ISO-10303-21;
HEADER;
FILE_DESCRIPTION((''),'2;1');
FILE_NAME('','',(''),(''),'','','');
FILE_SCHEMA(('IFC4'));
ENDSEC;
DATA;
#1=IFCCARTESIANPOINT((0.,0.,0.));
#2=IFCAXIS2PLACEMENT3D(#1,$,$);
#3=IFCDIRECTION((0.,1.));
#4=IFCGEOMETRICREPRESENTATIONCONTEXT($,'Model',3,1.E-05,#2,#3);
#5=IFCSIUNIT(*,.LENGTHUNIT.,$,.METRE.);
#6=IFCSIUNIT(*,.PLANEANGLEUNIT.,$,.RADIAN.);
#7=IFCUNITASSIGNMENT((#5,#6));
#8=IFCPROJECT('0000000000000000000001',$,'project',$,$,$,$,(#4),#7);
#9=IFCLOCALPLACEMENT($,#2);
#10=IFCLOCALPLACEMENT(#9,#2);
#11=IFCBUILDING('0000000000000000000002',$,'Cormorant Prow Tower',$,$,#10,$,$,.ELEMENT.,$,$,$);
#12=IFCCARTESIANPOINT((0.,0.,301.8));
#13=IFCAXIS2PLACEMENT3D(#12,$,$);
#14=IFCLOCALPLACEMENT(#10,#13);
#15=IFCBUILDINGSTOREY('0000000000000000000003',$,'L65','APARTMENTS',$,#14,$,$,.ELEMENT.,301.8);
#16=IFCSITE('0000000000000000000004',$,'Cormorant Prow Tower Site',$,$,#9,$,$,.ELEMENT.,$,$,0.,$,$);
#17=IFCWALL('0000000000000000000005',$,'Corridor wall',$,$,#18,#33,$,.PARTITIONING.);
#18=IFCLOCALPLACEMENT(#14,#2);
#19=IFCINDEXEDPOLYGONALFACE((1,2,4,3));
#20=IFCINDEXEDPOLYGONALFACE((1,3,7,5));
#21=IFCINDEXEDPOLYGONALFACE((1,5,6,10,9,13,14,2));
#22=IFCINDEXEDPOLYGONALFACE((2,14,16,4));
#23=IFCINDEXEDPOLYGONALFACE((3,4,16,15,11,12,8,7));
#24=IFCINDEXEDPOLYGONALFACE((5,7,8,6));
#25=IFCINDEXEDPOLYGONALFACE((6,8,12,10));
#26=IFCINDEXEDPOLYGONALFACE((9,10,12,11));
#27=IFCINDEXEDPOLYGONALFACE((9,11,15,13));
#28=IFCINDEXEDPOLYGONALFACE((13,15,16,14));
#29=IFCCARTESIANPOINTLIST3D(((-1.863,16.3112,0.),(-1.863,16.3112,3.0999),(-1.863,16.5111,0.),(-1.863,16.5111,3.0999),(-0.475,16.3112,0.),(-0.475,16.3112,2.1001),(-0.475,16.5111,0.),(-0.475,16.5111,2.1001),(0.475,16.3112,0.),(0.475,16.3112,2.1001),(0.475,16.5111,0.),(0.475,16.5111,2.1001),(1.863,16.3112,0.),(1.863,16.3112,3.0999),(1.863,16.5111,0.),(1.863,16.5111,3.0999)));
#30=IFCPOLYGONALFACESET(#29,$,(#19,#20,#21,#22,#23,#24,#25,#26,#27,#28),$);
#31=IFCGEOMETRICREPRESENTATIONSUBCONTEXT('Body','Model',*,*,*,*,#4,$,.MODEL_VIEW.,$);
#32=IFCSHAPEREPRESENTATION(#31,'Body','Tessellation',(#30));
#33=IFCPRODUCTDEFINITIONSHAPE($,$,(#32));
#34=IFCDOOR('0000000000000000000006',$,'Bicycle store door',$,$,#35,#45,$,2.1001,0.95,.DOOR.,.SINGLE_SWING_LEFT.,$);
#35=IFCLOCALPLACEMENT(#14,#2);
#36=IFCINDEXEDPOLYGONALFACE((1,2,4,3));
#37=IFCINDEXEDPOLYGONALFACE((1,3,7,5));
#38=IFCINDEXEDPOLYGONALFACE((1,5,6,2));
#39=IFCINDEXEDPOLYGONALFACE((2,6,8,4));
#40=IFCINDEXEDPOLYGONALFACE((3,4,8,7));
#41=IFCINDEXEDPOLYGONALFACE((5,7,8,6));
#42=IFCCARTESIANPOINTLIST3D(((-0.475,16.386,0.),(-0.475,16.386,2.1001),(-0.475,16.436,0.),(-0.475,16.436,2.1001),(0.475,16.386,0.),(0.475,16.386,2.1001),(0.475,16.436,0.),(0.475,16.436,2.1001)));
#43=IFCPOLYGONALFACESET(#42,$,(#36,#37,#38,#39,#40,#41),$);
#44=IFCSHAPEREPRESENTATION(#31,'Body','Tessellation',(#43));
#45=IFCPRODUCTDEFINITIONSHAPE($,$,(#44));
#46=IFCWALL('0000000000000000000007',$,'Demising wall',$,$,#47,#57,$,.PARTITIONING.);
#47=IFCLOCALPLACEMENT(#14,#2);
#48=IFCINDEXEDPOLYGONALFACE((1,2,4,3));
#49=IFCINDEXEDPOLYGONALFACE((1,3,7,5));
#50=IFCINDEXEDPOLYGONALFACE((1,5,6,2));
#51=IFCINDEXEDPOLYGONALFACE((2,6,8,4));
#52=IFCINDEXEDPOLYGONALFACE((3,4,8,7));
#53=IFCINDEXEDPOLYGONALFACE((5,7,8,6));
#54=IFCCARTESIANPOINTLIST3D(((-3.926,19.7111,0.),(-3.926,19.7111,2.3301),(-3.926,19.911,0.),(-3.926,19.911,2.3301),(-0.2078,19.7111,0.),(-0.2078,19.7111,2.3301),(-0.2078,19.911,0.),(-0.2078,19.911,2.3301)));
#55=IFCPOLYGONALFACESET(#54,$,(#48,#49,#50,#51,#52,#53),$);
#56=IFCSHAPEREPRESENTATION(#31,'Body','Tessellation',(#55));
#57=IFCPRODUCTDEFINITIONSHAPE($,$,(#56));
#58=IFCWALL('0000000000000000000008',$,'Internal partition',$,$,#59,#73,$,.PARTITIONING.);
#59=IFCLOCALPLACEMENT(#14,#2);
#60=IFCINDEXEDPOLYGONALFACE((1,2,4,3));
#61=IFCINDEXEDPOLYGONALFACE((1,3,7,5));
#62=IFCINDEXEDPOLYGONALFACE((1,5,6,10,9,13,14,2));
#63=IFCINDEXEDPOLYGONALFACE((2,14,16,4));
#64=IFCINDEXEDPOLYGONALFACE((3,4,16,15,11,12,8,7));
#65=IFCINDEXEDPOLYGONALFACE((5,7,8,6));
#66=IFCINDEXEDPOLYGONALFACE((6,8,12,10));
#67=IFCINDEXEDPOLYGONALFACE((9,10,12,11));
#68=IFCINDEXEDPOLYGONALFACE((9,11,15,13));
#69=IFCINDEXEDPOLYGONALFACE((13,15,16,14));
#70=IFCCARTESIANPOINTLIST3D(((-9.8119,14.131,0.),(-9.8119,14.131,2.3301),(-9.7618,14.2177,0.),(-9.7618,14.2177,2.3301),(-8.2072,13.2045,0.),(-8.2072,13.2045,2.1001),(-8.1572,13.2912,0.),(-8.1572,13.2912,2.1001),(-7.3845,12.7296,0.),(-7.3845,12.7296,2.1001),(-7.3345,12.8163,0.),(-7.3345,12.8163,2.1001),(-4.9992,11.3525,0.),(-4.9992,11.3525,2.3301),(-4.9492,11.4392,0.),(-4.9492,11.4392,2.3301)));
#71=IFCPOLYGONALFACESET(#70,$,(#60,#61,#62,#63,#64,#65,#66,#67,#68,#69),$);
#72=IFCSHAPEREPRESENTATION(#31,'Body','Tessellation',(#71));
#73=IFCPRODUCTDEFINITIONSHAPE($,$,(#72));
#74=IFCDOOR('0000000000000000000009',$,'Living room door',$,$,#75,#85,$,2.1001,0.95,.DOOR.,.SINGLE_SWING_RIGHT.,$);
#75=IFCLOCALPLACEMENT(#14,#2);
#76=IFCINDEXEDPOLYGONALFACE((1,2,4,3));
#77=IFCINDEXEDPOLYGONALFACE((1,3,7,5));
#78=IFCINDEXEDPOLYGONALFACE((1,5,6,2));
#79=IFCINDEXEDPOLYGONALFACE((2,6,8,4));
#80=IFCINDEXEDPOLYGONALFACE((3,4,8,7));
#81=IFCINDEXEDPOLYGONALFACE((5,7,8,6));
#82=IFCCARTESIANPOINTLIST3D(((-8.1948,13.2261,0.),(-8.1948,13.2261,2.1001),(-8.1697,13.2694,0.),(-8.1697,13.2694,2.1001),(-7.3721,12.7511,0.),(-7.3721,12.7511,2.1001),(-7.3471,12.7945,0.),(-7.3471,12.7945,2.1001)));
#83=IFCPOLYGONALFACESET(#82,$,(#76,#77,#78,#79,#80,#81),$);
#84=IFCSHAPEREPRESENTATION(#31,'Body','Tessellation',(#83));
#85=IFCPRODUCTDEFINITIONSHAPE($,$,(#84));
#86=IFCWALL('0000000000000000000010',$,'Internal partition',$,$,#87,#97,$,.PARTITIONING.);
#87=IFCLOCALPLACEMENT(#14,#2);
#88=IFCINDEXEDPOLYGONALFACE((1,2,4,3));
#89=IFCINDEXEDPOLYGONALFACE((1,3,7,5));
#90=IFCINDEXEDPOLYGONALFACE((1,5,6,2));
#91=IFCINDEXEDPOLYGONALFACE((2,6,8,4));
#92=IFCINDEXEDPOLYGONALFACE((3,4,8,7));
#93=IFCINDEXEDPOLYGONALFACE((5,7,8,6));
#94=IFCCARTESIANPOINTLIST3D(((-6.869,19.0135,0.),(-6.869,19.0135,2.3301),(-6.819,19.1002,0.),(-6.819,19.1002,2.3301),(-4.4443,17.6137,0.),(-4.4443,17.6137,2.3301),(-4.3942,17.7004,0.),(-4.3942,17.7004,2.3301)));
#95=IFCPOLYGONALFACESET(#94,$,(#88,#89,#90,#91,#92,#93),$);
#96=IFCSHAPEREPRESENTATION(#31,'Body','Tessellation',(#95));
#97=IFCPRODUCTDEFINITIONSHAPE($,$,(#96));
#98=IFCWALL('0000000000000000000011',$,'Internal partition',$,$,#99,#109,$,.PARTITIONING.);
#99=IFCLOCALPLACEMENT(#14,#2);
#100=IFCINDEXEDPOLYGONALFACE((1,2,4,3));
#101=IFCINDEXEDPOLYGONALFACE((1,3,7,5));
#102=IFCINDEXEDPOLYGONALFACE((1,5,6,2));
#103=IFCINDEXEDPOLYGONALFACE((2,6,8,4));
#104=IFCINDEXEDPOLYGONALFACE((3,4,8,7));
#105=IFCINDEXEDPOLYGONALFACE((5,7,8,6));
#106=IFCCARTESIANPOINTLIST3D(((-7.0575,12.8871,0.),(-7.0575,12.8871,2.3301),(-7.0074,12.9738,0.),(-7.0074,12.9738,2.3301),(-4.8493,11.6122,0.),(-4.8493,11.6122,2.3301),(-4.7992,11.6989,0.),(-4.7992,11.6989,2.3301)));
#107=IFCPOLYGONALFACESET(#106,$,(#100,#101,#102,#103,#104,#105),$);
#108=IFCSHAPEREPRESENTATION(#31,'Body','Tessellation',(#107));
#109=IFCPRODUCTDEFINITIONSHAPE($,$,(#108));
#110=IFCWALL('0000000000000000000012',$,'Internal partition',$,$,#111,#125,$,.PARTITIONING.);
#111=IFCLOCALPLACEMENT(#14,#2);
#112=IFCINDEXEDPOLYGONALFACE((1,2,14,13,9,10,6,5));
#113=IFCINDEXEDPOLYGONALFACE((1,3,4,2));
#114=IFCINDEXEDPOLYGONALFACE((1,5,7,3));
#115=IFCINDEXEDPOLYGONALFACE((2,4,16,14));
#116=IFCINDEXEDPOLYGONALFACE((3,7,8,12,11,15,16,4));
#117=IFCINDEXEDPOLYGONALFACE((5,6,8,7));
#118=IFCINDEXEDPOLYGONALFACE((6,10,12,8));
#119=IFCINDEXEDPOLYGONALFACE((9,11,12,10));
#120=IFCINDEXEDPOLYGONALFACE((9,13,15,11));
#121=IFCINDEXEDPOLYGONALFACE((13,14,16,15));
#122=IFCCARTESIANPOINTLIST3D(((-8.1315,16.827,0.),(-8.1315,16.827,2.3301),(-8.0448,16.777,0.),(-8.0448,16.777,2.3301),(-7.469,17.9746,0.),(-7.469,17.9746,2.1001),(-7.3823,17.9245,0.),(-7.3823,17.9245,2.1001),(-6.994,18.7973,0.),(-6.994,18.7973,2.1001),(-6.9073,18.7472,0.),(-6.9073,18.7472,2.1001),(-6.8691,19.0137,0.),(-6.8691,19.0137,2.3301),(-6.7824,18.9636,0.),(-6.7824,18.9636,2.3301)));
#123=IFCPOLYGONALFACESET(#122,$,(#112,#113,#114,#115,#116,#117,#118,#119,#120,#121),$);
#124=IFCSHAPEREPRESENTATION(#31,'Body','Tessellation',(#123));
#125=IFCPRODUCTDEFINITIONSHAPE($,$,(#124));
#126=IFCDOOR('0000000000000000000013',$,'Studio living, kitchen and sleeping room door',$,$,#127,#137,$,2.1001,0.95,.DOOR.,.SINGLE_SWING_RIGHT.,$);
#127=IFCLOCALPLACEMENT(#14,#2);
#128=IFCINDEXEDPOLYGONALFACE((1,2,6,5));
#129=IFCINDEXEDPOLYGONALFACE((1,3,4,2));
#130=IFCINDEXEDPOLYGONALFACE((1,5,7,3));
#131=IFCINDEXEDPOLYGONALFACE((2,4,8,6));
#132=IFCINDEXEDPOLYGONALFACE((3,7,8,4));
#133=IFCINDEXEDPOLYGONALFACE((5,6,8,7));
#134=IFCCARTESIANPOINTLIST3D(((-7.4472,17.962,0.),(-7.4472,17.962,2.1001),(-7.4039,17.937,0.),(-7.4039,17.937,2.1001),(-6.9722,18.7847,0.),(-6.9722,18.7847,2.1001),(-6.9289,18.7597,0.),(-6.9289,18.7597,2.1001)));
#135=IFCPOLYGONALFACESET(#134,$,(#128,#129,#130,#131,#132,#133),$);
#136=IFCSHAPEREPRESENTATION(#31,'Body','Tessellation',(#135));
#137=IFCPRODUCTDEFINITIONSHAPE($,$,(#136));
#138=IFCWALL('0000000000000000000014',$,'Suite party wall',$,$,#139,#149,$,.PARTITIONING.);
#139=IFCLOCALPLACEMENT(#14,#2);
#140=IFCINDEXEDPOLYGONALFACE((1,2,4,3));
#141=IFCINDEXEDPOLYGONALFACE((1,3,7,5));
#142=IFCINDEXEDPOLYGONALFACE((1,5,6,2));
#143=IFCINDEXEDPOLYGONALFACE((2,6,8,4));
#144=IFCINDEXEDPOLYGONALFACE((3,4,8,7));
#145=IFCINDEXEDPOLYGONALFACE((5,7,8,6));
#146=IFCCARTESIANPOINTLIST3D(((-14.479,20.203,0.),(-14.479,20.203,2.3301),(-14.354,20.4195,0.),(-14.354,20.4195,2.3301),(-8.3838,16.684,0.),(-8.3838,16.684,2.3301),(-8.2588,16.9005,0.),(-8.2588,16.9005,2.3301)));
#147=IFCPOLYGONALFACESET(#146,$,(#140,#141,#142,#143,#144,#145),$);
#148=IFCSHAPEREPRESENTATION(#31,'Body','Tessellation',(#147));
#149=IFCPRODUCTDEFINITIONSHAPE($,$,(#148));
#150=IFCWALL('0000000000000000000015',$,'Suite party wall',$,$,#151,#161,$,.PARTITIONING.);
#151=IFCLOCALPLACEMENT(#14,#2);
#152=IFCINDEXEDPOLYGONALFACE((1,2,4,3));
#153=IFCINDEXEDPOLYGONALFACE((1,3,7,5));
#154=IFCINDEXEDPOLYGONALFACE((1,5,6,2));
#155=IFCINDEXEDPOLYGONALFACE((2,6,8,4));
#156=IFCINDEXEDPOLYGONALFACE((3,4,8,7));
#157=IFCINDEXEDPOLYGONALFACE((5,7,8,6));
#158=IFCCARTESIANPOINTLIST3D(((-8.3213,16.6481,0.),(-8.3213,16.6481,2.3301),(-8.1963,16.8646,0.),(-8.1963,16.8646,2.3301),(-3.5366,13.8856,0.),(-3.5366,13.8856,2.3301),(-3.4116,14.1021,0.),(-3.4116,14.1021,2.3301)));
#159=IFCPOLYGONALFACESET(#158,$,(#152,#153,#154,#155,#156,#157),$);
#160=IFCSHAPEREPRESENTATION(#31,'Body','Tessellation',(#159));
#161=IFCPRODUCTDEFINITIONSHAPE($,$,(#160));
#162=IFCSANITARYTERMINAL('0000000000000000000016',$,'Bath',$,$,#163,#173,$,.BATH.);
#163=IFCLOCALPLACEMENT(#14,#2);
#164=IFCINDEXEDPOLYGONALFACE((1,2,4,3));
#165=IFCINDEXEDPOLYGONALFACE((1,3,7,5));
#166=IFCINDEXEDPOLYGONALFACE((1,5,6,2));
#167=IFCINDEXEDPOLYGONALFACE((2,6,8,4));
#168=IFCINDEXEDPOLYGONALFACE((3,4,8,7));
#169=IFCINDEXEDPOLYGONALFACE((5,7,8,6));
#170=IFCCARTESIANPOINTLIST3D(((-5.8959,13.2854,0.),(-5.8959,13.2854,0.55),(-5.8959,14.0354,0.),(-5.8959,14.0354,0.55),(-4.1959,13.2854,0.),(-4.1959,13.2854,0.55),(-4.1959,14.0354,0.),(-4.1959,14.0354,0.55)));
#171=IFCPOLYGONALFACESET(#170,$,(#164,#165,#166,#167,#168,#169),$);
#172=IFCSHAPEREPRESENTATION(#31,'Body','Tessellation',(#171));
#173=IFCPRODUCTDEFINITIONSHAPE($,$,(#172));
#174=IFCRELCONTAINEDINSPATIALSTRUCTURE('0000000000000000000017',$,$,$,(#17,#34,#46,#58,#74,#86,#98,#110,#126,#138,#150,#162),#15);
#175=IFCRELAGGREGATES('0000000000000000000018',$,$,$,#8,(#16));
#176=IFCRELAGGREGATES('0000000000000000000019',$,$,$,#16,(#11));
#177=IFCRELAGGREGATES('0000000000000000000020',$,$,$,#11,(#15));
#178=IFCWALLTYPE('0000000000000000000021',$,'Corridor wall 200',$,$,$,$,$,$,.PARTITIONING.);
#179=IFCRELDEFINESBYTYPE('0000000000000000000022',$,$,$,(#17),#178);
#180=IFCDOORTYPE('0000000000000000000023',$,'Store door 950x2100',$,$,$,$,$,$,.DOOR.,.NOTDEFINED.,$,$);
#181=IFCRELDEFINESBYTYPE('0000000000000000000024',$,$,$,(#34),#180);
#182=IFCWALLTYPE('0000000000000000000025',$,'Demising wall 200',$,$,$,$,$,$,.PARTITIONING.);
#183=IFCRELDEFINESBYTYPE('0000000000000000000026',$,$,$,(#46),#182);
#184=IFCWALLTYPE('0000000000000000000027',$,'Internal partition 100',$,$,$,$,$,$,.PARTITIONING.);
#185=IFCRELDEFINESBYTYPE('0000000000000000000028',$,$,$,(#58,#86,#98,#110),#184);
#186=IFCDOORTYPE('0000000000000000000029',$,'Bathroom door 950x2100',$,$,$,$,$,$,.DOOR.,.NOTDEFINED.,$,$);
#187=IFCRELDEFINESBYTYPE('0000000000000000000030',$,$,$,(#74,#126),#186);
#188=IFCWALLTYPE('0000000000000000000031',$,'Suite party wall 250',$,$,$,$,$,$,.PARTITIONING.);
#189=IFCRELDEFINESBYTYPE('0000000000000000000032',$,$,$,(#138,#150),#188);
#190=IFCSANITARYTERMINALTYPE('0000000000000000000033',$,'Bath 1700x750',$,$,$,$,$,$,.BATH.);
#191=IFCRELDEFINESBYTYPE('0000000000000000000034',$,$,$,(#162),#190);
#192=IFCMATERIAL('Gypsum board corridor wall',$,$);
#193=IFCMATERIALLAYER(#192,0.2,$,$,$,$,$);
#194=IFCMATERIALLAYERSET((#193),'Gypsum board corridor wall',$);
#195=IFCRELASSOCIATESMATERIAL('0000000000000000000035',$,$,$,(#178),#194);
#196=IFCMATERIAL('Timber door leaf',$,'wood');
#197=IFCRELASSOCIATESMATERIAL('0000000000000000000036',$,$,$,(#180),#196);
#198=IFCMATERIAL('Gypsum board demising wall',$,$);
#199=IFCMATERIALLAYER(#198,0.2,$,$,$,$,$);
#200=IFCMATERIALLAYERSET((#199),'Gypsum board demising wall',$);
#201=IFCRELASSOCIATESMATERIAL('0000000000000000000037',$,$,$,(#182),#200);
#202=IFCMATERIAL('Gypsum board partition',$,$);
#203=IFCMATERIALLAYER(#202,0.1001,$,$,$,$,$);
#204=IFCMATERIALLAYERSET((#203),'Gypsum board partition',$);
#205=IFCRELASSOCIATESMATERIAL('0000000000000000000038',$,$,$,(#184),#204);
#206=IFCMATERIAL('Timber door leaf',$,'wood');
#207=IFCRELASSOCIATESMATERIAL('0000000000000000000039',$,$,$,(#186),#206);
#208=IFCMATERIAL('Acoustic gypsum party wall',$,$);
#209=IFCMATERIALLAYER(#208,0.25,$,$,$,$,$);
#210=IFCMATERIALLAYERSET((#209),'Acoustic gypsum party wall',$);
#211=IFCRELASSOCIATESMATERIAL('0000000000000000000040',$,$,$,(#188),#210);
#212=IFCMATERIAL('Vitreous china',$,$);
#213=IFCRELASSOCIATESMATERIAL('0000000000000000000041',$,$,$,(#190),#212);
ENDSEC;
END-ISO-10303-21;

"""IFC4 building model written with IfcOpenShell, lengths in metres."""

from ifc_helpers import new_model, si_unit, direction, frame, frame_2d, origin, origin_2d, place, context, subcontext, project, spatial, rectangle, extrude, material, layer, layer_set, type_object, element, fill, save


model = new_model("IFC4")

# Units and contexts
model_context = context("Model", 3, precision=1e-05, world=origin(), true_north=direction((0.0, 1.0)))
body_context = subcontext(model_context, "Body", "Model", "MODEL_VIEW")
ifc_project = project(units=[si_unit("LENGTHUNIT", "METRE"), si_unit("PLANEANGLEUNIT", "RADIAN")], contexts=[model_context])

# Site, building, storey
site_placement = place(None, origin())
site = spatial("IfcSite", under=ifc_project, at=site_placement, Name="Cormorant Prow Tower Site", CompositionType="ELEMENT", RefElevation=0.0)
building_placement = place(site_placement, origin())
building = spatial("IfcBuilding", under=site, at=building_placement, Name="Cormorant Prow Tower", CompositionType="ELEMENT")
storey_placement = place(building_placement, frame((0.0, 0.0, 301.8)))
storey = spatial("IfcBuildingStorey", under=building, at=storey_placement, Name="L65", Description="APARTMENTS", CompositionType="ELEMENT", Elevation=301.8)

# Wall, opening, door
ifc_material_1 = material(Name="Gypsum board corridor wall")
ifc_layer_1 = layer(ifc_material_1, 0.2)
ifc_layer_set_1 = layer_set([ifc_layer_1], Name="Gypsum board corridor wall")
wall_type_1 = type_object("IfcWallType", Name="Corridor wall 200", PredefinedType="PARTITIONING", material=ifc_layer_set_1)
wall_1_placement = place(storey_placement, frame((-1.863, 16.4111, 0.0), z_axis=(0.0, 0.0, 1.0), x_axis=(1.0, 0.0, 0.0)))
wall_1 = element("IfcWall", 1, at=wall_1_placement, inside=storey, type_object=wall_type_1, Name="Corridor wall", PredefinedType="PARTITIONING", context=body_context, shape_type="SweptSolid", body=[
    extrude(rectangle(XDim=3.7261, YDim=0.2, at=frame_2d((1.863, 0.0))), origin(), (0.0, 0.0, 1.0), 3.0999),
])
opening_1_placement = place(wall_1_placement, frame((1.3879, 0.0, 0.0)))
opening_1 = element("IfcOpeningElement", 2, at=opening_1_placement, cuts=wall_1, PredefinedType="OPENING", context=body_context, shape_type="SweptSolid", body=[
    extrude(rectangle(XDim=0.95, YDim=2.1001, at=frame_2d((0.4751, 1.05))), frame((0.0, 0.1099, 0.0), z_axis=(0.0, -1.0, 0.0), x_axis=(1.0, 0.0, 0.0)), (0.0, 0.0, 1.0), 0.22),
])
ifc_material_2 = material(Name="Timber door leaf", Category="wood")
door_type_1 = type_object("IfcDoorType", Name="Store door 950x2100", OperationType="NOTDEFINED", PredefinedType="DOOR", material=ifc_material_2)
door_1_placement = place(opening_1_placement, origin())
door_1 = element("IfcDoor", 3, at=door_1_placement, inside=storey, type_object=door_type_1, Name="Bicycle store door", OperationType="SINGLE_SWING_LEFT", OverallHeight=2.1001, OverallWidth=0.95, PredefinedType="DOOR", context=body_context, shape_type="SweptSolid", body=[
    extrude(rectangle(XDim=0.95, YDim=2.1001, at=frame_2d((0.4751, 1.05))), frame((0.0, 0.0249, 0.0), z_axis=(0.0, -1.0, 0.0), x_axis=(1.0, 0.0, 0.0)), (0.0, 0.0, 1.0), 0.05),
])
fill(opening_1, door_1)

# Wall
ifc_material_3 = material(Name="Gypsum board demising wall")
ifc_layer_2 = layer(ifc_material_3, 0.2)
ifc_layer_set_2 = layer_set([ifc_layer_2], Name="Gypsum board demising wall")
wall_type_2 = type_object("IfcWallType", Name="Demising wall 200", PredefinedType="PARTITIONING", material=ifc_layer_set_2)
wall_2_placement = place(storey_placement, frame((-3.926, 19.811, 0.0), z_axis=(0.0, 0.0, 1.0), x_axis=(1.0, 0.0, 0.0)))
element("IfcWall", 4, at=wall_2_placement, inside=storey, type_object=wall_type_2, Name="Demising wall", PredefinedType="PARTITIONING", context=body_context, shape_type="SweptSolid", body=[
    extrude(rectangle(XDim=3.7183, YDim=0.2, at=frame_2d((1.8591, 0.0))), origin(), (0.0, 0.0, 1.0), 2.3301),
])

# Wall, opening, door
ifc_material_4 = material(Name="Gypsum board partition")
ifc_layer_3 = layer(ifc_material_4, 0.1001)
ifc_layer_set_3 = layer_set([ifc_layer_3], Name="Gypsum board partition")
wall_type_3 = type_object("IfcWallType", Name="Internal partition 100", PredefinedType="PARTITIONING", material=ifc_layer_set_3)
wall_3_placement = place(storey_placement, frame((-9.7869, 14.1743, 0.0), z_axis=(0.0, 0.0, 1.0), x_axis=(0.866031, -0.49999, 0.0)))
wall_3 = element("IfcWall", 5, at=wall_3_placement, inside=storey, type_object=wall_type_3, Name="Internal partition", PredefinedType="PARTITIONING", context=body_context, shape_type="SweptSolid", body=[
    extrude(rectangle(XDim=5.5571, YDim=0.1001, at=frame_2d((2.7786, 0.0))), origin(), (0.0, 0.0, 1.0), 2.3301),
])
opening_2_placement = place(wall_3_placement, frame((1.8528, 0.0, 0.0)))
opening_2 = element("IfcOpeningElement", 6, at=opening_2_placement, cuts=wall_3, PredefinedType="OPENING", context=body_context, shape_type="SweptSolid", body=[
    extrude(rectangle(XDim=0.95, YDim=2.1001, at=frame_2d((0.4751, 1.05))), frame((0.0, 0.0601, 0.0), z_axis=(0.0, -1.0, 0.0), x_axis=(1.0, 0.0, 0.0)), (0.0, 0.0, 1.0), 0.1201),
])
ifc_material_5 = material(Name="Timber door leaf", Category="wood")
door_type_2 = type_object("IfcDoorType", Name="Bathroom door 950x2100", OperationType="NOTDEFINED", PredefinedType="DOOR", material=ifc_material_5)
door_2_placement = place(opening_2_placement, origin())
door_2 = element("IfcDoor", 7, at=door_2_placement, inside=storey, type_object=door_type_2, Name="Living room door", OperationType="SINGLE_SWING_RIGHT", OverallHeight=2.1001, OverallWidth=0.95, PredefinedType="DOOR", context=body_context, shape_type="SweptSolid", body=[
    extrude(rectangle(XDim=0.95, YDim=2.1001, at=frame_2d((0.4751, 1.05))), frame((0.0, 0.0249, 0.0), z_axis=(0.0, -1.0, 0.0), x_axis=(1.0, 0.0, 0.0)), (0.0, 0.0, 1.0), 0.05),
])
fill(opening_2, door_2)

# Walls
wall_4_placement = place(storey_placement, frame((-6.844, 19.0569, 0.0), z_axis=(0.0, 0.0, 1.0), x_axis=(0.866035, -0.499984, 0.0)))
element("IfcWall", 8, at=wall_4_placement, inside=storey, type_object=wall_type_3, Name="Internal partition", PredefinedType="PARTITIONING", context=body_context, shape_type="SweptSolid", body=[
    extrude(rectangle(XDim=2.7998, YDim=0.1001, at=frame_2d((1.3999, 0.0))), origin(), (0.0, 0.0, 1.0), 2.3301),
])
wall_5_placement = place(storey_placement, frame((-7.0325, 12.9304, 0.0), z_axis=(0.0, 0.0, 1.0), x_axis=(0.866031, -0.49999, 0.0)))
element("IfcWall", 9, at=wall_5_placement, inside=storey, type_object=wall_type_3, Name="Internal partition", PredefinedType="PARTITIONING", context=body_context, shape_type="SweptSolid", body=[
    extrude(rectangle(XDim=2.5498, YDim=0.1001, at=frame_2d((1.2749, 0.0))), origin(), (0.0, 0.0, 1.0), 2.3301),
])

# Wall, opening, door
wall_6_placement = place(storey_placement, frame((-8.0881, 16.802, 0.0), z_axis=(0.0, 0.0, 1.0), x_axis=(0.499976, 0.866039, 0.0)))
wall_6 = element("IfcWall", 10, at=wall_6_placement, inside=storey, type_object=wall_type_3, Name="Internal partition", PredefinedType="PARTITIONING", context=body_context, shape_type="SweptSolid", body=[
    extrude(rectangle(XDim=2.5249, YDim=0.1001, at=frame_2d((1.2625, 0.0))), origin(), (0.0, 0.0, 1.0), 2.3301),
])
opening_3_placement = place(wall_6_placement, frame((1.325, 0.0, 0.0)))
opening_3 = element("IfcOpeningElement", 11, at=opening_3_placement, cuts=wall_6, PredefinedType="OPENING", context=body_context, shape_type="SweptSolid", body=[
    extrude(rectangle(XDim=0.95, YDim=2.1001, at=frame_2d((0.4751, 1.05))), frame((0.0, 0.0601, 0.0), z_axis=(0.0, -1.0, 0.0), x_axis=(1.0, 0.0, 0.0)), (0.0, 0.0, 1.0), 0.1201),
])
door_3_placement = place(opening_3_placement, origin())
door_3 = element("IfcDoor", 12, at=door_3_placement, inside=storey, type_object=door_type_2, Name="Studio living, kitchen and sleeping room door", OperationType="SINGLE_SWING_RIGHT", OverallHeight=2.1001, OverallWidth=0.95, PredefinedType="DOOR", context=body_context, shape_type="SweptSolid", body=[
    extrude(rectangle(XDim=0.95, YDim=2.1001, at=frame_2d((0.4751, 1.05))), frame((0.0, 0.0249, 0.0), z_axis=(0.0, -1.0, 0.0), x_axis=(1.0, 0.0, 0.0)), (0.0, 0.0, 1.0), 0.05),
])
fill(opening_3, door_3)

# Walls
ifc_material_6 = material(Name="Acoustic gypsum party wall")
ifc_layer_4 = layer(ifc_material_6, 0.25)
ifc_layer_set_4 = layer_set([ifc_layer_4], Name="Acoustic gypsum party wall")
wall_type_4 = type_object("IfcWallType", Name="Suite party wall 250", PredefinedType="PARTITIONING", material=ifc_layer_set_4)
wall_7_placement = place(storey_placement, frame((-14.4165, 20.3113, 0.0), z_axis=(0.0, 0.0, 1.0), x_axis=(0.866027, -0.499997, 0.0)))
element("IfcWall", 13, at=wall_7_placement, inside=storey, type_object=wall_type_4, Name="Suite party wall", PredefinedType="PARTITIONING", context=body_context, shape_type="SweptSolid", body=[
    extrude(rectangle(XDim=7.0381, YDim=0.25, at=frame_2d((3.519, 0.0))), origin(), (0.0, 0.0, 1.0), 2.3301),
])
wall_8_placement = place(storey_placement, frame((-8.2588, 16.7563, 0.0), z_axis=(0.0, 0.0, 1.0), x_axis=(0.866024, -0.500003, 0.0)))
element("IfcWall", 14, at=wall_8_placement, inside=storey, type_object=wall_type_4, Name="Suite party wall", PredefinedType="PARTITIONING", context=body_context, shape_type="SweptSolid", body=[
    extrude(rectangle(XDim=5.5249, YDim=0.25, at=frame_2d((2.7625, 0.0))), origin(), (0.0, 0.0, 1.0), 2.3301),
])

# Sanitary terminal
ifc_material_7 = material(Name="Vitreous china")
sanitary_terminal_type_1 = type_object("IfcSanitaryTerminalType", Name="Bath 1700x750", PredefinedType="BATH", material=ifc_material_7)
sanitary_terminal_1_placement = place(storey_placement, frame((-5.0459, 13.6604, 0.0), z_axis=(0.0, 0.0, 1.0), x_axis=(1.0, 0.0, 0.0)))
element("IfcSanitaryTerminal", 15, at=sanitary_terminal_1_placement, inside=storey, type_object=sanitary_terminal_type_1, Name="Bath", PredefinedType="BATH", context=body_context, shape_type="SweptSolid", body=[
    extrude(rectangle(XDim=1.7, YDim=0.75, at=origin_2d()), origin(), (0.0, 0.0, 1.0), 0.55),
])

save(model, "model.ifc")
